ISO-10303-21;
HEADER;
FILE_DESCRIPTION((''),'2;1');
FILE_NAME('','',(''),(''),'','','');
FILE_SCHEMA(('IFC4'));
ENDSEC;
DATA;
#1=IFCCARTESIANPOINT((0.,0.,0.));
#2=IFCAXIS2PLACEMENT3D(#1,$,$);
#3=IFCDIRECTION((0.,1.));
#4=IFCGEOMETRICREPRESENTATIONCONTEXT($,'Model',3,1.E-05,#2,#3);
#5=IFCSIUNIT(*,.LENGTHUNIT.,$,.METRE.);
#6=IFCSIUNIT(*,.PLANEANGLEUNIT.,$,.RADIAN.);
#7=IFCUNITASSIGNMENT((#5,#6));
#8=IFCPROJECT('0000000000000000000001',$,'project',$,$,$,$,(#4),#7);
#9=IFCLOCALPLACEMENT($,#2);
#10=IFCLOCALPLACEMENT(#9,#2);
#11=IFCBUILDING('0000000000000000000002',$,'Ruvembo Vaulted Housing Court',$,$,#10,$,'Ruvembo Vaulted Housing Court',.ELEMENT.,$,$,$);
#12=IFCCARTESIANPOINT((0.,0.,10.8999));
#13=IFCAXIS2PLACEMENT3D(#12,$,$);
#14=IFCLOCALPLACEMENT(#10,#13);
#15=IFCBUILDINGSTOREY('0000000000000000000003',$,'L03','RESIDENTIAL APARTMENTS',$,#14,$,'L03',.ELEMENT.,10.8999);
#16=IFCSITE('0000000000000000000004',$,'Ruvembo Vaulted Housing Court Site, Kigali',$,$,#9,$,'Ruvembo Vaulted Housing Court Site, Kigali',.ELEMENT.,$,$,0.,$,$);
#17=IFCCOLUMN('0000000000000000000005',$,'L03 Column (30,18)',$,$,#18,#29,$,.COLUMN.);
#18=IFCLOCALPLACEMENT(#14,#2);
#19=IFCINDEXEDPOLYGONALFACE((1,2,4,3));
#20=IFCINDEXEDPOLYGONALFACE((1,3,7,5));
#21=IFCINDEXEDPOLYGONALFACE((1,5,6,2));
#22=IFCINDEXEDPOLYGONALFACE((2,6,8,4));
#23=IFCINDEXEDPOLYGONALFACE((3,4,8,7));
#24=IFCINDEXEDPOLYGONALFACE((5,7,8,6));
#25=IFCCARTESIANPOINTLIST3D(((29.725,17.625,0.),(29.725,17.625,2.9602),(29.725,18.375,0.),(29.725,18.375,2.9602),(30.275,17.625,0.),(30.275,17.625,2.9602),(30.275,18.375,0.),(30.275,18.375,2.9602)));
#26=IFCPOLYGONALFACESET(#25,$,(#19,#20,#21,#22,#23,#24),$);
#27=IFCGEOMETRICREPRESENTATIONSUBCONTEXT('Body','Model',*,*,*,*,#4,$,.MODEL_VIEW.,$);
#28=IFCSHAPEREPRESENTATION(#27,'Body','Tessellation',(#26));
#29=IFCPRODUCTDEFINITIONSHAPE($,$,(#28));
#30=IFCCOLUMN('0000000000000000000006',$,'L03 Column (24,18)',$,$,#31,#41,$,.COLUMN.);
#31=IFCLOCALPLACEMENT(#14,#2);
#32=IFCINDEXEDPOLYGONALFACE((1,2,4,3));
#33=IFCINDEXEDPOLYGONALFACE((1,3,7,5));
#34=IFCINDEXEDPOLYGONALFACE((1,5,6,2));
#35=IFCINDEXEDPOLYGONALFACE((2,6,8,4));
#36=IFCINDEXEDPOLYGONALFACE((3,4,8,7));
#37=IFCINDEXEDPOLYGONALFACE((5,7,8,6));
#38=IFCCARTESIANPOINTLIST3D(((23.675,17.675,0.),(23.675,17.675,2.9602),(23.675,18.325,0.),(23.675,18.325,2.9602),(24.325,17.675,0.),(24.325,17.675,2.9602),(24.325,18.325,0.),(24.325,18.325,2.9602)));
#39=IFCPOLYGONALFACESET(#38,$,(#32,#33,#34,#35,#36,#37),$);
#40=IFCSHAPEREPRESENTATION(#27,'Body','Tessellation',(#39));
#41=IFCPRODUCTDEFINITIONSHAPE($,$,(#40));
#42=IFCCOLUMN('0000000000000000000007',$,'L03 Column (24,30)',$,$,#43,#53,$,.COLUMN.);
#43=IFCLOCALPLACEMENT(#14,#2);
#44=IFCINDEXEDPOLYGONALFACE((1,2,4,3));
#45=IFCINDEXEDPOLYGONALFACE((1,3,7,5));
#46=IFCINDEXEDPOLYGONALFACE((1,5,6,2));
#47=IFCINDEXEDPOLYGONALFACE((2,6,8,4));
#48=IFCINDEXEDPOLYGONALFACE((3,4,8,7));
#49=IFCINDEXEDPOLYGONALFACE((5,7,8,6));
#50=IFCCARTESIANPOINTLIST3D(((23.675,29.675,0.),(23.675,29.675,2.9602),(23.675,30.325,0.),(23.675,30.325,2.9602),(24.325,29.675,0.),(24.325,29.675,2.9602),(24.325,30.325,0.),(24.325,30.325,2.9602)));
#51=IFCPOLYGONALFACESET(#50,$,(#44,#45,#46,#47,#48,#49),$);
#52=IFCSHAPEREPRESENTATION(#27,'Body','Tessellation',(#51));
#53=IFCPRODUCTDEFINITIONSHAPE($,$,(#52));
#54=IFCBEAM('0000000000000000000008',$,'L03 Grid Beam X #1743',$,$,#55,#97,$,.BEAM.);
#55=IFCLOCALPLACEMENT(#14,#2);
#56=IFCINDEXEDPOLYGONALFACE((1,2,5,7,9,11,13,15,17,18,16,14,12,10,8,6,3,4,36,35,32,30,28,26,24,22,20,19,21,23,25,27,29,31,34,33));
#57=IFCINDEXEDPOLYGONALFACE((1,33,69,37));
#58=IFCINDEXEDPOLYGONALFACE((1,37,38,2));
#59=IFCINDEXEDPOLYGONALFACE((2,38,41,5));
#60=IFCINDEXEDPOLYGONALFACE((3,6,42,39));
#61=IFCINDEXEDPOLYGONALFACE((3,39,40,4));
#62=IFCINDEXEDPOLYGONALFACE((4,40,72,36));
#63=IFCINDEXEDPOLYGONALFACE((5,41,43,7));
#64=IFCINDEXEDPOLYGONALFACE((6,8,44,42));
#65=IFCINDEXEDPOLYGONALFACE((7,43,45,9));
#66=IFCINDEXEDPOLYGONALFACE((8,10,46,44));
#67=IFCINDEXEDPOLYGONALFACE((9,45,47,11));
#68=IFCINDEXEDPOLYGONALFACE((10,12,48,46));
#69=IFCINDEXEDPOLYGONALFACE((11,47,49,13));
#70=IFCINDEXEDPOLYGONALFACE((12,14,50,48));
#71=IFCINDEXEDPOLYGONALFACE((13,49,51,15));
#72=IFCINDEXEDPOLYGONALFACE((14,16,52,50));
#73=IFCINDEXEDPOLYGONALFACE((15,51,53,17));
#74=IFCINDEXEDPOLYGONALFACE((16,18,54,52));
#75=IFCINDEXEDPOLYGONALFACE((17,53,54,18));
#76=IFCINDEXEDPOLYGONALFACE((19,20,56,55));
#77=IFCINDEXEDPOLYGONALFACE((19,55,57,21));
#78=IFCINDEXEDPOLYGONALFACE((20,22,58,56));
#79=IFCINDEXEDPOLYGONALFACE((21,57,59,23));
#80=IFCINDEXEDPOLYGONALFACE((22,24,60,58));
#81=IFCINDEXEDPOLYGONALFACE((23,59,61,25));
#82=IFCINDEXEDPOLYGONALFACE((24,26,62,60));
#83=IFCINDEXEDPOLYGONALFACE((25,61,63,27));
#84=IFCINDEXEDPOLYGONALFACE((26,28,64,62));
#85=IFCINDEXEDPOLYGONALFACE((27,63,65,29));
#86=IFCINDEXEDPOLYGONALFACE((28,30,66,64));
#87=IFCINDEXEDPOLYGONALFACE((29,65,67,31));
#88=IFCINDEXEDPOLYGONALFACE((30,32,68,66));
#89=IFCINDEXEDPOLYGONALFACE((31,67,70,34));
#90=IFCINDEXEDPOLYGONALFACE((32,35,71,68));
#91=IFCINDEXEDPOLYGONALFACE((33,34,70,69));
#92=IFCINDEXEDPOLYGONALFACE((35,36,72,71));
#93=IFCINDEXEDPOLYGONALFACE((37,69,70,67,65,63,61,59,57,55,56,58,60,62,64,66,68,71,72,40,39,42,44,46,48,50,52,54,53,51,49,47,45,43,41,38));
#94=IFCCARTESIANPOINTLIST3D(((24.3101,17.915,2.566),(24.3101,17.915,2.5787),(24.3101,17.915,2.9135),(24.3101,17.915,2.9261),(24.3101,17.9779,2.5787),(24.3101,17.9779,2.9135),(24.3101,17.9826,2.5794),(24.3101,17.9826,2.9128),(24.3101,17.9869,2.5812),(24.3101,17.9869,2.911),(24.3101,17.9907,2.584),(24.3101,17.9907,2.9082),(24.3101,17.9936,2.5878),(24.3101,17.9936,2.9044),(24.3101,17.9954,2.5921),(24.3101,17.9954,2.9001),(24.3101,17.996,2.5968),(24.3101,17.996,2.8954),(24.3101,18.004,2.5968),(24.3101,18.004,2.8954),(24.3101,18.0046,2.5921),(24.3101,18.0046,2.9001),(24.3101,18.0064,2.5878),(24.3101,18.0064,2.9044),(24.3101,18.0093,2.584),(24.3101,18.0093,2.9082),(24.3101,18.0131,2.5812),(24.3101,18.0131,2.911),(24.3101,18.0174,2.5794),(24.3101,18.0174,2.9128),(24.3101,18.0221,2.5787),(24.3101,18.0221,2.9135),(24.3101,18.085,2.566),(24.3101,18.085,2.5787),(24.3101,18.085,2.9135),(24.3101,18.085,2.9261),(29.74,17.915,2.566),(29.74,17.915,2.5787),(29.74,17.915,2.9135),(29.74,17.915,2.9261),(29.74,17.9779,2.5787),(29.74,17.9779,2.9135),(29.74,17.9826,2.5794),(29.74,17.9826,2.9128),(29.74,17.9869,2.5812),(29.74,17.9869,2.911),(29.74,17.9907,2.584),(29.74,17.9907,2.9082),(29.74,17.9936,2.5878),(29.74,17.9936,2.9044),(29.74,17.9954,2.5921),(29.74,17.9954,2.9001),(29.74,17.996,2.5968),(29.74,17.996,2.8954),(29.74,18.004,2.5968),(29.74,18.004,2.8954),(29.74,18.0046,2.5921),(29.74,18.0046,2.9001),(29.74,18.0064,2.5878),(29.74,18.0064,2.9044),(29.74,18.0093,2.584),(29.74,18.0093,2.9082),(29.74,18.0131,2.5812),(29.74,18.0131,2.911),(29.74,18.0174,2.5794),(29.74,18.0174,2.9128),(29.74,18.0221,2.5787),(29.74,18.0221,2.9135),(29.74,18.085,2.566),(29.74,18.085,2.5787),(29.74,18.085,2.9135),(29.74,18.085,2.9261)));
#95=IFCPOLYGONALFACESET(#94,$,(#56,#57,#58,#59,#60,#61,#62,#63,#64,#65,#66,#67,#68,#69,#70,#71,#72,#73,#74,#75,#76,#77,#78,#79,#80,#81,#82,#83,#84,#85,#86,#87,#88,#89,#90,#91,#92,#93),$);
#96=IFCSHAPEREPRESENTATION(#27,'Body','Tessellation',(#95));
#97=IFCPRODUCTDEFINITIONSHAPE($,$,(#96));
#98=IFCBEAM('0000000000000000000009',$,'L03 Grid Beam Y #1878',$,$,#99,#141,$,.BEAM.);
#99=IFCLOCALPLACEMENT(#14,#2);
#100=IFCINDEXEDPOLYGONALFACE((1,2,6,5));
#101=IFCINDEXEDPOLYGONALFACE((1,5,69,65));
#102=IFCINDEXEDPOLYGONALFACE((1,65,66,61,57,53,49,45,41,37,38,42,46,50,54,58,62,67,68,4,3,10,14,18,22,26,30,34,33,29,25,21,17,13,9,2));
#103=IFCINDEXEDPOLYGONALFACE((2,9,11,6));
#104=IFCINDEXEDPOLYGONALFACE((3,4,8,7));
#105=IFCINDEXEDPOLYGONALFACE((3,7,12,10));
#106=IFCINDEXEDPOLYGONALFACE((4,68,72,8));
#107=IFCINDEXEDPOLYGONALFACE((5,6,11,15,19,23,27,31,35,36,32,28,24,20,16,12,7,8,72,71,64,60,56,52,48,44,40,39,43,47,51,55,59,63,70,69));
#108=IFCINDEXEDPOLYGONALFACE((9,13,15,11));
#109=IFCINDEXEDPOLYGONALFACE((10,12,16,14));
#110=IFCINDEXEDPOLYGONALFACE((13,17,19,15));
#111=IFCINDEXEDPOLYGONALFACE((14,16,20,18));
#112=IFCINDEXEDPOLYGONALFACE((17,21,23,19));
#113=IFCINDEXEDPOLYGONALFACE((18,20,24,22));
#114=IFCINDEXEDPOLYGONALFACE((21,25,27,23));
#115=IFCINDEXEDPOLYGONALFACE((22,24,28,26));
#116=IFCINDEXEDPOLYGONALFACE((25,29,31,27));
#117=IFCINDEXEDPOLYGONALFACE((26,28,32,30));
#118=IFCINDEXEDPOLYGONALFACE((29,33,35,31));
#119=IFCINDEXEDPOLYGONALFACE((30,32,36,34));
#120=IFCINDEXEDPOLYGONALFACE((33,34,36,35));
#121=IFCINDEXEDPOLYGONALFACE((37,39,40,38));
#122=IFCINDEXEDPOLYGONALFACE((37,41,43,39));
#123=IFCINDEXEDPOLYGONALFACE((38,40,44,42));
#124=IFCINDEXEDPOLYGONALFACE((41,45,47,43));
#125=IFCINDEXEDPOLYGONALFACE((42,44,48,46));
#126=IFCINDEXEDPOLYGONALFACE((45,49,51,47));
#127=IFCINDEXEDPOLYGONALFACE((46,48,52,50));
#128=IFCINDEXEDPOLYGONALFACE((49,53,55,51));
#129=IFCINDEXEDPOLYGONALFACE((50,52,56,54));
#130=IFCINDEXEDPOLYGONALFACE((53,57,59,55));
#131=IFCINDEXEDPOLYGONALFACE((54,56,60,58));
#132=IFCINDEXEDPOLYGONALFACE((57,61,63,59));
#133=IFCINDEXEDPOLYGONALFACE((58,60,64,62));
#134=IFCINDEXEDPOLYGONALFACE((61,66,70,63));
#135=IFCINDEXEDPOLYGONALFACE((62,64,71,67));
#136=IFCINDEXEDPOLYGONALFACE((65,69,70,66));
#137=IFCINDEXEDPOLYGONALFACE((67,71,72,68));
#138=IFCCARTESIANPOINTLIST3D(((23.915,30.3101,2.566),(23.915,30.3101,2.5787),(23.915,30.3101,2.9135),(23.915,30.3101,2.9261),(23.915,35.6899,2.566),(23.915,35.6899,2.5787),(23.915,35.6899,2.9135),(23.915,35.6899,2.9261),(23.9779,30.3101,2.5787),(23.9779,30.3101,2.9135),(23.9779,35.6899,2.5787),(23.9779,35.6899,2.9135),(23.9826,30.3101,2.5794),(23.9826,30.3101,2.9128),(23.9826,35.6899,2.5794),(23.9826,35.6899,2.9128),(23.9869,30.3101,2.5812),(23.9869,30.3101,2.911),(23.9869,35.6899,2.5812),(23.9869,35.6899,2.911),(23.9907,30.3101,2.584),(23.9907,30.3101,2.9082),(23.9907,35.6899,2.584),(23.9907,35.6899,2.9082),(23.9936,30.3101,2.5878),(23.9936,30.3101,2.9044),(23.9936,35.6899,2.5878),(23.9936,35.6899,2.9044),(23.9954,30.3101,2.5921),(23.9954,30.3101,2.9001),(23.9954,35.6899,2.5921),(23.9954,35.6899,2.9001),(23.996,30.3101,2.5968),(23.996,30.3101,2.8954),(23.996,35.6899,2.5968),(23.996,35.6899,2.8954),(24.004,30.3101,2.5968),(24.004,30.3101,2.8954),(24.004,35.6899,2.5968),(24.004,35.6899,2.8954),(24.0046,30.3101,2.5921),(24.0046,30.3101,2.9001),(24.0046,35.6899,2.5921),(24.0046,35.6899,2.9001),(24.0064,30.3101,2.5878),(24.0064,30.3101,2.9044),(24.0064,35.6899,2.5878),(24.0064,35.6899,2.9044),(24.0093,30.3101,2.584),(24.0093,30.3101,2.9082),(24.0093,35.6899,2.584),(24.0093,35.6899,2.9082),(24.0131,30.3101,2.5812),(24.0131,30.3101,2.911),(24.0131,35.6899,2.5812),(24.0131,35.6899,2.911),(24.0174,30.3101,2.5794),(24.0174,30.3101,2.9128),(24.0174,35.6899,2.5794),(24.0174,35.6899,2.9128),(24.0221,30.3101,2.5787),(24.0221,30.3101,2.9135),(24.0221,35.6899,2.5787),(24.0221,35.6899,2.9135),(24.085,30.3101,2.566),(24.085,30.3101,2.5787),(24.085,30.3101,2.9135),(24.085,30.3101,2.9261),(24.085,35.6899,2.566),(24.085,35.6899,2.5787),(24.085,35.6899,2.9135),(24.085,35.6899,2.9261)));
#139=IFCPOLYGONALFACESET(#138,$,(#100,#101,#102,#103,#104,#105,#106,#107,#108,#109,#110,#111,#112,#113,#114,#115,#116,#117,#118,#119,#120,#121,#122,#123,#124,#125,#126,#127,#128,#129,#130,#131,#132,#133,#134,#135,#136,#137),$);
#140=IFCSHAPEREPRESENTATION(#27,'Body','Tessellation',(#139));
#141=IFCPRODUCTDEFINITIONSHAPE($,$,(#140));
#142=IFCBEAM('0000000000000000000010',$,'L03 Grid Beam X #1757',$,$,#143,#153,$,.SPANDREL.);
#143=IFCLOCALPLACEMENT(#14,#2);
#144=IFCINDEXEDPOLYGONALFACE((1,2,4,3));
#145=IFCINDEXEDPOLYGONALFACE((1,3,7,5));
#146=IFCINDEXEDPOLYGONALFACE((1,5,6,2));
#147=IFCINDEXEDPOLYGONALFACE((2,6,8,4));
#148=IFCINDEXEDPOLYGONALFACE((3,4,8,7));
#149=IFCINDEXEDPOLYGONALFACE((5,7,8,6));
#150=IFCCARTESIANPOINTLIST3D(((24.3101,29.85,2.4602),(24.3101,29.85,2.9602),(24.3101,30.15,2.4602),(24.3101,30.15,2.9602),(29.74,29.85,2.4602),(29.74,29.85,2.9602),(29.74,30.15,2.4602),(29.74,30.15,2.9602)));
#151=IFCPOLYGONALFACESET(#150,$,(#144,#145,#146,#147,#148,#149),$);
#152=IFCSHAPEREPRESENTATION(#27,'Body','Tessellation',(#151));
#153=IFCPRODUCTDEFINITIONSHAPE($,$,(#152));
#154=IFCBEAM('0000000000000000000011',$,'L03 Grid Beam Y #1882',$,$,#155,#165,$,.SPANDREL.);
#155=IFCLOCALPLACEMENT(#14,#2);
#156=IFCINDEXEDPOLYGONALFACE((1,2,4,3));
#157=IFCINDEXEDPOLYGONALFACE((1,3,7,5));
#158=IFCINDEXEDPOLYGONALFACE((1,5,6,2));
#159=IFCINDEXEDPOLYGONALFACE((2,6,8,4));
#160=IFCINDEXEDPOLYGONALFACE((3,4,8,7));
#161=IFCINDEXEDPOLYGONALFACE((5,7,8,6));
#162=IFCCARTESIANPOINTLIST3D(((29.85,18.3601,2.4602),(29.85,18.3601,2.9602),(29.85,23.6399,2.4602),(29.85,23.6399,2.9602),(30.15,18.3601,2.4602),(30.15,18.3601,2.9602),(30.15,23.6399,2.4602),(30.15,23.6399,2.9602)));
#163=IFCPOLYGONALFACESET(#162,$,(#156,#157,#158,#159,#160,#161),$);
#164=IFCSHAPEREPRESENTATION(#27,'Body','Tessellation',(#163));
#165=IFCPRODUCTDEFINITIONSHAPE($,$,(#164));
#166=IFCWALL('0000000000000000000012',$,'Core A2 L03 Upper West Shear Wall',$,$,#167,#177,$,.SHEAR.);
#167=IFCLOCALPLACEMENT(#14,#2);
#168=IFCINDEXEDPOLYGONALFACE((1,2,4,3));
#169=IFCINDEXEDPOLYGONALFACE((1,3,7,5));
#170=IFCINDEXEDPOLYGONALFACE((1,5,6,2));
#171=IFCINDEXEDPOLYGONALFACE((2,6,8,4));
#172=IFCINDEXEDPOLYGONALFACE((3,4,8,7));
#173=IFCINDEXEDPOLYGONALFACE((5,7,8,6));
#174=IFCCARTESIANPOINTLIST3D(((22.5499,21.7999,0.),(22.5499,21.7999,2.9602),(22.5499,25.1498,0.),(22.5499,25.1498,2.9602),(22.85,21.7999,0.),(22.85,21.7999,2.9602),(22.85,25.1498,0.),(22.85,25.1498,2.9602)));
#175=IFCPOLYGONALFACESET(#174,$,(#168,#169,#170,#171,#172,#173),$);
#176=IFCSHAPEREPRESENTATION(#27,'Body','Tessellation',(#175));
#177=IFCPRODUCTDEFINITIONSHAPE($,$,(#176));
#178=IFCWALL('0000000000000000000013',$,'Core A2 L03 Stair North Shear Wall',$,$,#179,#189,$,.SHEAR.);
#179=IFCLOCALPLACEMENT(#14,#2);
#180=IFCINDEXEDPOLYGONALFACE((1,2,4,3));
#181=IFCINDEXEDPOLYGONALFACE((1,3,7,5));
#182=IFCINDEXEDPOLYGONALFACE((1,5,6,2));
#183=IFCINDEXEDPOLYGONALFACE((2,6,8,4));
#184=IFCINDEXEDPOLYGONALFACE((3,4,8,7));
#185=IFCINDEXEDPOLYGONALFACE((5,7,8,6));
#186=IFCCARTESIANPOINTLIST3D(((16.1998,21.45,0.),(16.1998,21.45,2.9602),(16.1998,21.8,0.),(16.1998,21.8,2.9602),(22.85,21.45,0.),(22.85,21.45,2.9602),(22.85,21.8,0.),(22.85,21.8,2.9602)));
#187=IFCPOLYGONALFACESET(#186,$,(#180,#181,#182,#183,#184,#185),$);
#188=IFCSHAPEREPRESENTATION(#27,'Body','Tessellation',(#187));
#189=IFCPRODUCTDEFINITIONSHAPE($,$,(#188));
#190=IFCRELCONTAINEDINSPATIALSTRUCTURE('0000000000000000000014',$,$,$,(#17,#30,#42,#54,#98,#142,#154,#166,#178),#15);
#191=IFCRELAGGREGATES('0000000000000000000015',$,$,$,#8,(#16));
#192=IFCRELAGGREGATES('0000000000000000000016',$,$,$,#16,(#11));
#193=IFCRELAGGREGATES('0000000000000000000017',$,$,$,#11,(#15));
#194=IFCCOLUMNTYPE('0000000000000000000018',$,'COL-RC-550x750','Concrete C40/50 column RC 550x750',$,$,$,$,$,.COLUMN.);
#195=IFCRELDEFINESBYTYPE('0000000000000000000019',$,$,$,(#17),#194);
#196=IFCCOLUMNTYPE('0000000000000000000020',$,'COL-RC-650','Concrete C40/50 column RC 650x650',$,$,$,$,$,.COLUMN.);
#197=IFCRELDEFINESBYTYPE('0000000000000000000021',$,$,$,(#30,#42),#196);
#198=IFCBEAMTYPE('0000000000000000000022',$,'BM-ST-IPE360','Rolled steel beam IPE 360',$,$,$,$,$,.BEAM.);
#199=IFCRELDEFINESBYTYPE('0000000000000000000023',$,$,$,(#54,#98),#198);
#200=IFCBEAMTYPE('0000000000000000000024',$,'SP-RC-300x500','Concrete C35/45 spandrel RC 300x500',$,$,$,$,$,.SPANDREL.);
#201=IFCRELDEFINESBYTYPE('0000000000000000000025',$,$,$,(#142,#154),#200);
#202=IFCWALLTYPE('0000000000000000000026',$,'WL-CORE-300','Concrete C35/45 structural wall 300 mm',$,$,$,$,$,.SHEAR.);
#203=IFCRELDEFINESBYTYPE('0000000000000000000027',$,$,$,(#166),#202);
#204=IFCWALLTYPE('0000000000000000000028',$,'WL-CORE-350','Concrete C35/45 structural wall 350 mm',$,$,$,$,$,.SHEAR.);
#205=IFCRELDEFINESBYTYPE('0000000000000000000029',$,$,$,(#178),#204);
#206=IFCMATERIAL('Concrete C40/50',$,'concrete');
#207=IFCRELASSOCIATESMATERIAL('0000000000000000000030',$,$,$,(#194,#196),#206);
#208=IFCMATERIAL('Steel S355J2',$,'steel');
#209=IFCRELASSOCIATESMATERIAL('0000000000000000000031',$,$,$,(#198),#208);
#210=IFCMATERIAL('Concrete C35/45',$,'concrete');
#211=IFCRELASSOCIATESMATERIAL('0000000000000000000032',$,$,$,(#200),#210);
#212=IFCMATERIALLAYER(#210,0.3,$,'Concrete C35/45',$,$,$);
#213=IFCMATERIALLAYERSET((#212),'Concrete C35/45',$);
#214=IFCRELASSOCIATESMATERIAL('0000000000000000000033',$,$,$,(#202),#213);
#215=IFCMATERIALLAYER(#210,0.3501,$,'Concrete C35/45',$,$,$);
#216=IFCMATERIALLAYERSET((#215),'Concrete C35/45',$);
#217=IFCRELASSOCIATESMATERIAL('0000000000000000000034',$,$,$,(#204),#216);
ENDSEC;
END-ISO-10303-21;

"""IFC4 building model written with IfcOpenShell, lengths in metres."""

from ifc_helpers import new_model, si_unit, direction, frame, frame_2d, origin, origin_2d, place, context, subcontext, project, spatial, rectangle, i_section, extrude, material, layer, layer_set, material_profile, profile_set, type_object, element, save


model = new_model("IFC4")

# Units and contexts
model_context = context("Model", 3, precision=1e-05, world=origin(), true_north=direction((0.0, 1.0)))
body_context = subcontext(model_context, "Body", "Model", "MODEL_VIEW")
ifc_project = project(units=[si_unit("LENGTHUNIT", "METRE"), si_unit("PLANEANGLEUNIT", "RADIAN")], contexts=[model_context])

# Site, building, storey
site_placement = place(None, origin())
site = spatial("IfcSite", under=ifc_project, at=site_placement, Name="Ruvembo Vaulted Housing Court Site, Kigali", LongName="Ruvembo Vaulted Housing Court Site, Kigali", CompositionType="ELEMENT", RefElevation=0.0)
building_placement = place(site_placement, origin())
building = spatial("IfcBuilding", under=site, at=building_placement, Name="Ruvembo Vaulted Housing Court", LongName="Ruvembo Vaulted Housing Court", CompositionType="ELEMENT")
storey_placement = place(building_placement, frame((0.0, 0.0, 10.8999)))
storey = spatial("IfcBuildingStorey", under=building, at=storey_placement, Name="L03", Description="RESIDENTIAL APARTMENTS", LongName="L03", CompositionType="ELEMENT", Elevation=10.8999)

# Columns
ifc_material_1 = material(Name="Concrete C40/50", Category="concrete")
ifc_material_profile_1 = material_profile(ifc_material_1, rectangle(XDim=0.55, YDim=0.75, at=origin_2d()), Name="RC 550x750")
ifc_profile_set_1 = profile_set([ifc_material_profile_1], Name="Concrete C40/50")
column_type_1 = type_object("IfcColumnType", Name="COL-RC-550x750", Description="Concrete C40/50 column RC 550x750", PredefinedType="COLUMN", material=ifc_profile_set_1)
column_placement = place(storey_placement, frame((30.0, 18.0, 0.0), z_axis=(0.0, 0.0, 1.0), x_axis=(1.0, 0.0, 0.0)))
element("IfcColumn", 1, at=column_placement, inside=storey, type_object=column_type_1, Name="L03 Column (30,18)", PredefinedType="COLUMN", context=body_context, shape_type="SweptSolid", body=[
    extrude(rectangle(XDim=0.55, YDim=0.75, at=origin_2d()), origin(), (0.0, 0.0, 1.0), 2.9602),
])
ifc_material_profile_2 = material_profile(ifc_material_1, rectangle(XDim=0.6499, YDim=0.6499, at=origin_2d()), Name="RC 650x650")
ifc_profile_set_2 = profile_set([ifc_material_profile_2], Name="Concrete C40/50")
column_type_2 = type_object("IfcColumnType", Name="COL-RC-650", Description="Concrete C40/50 column RC 650x650", PredefinedType="COLUMN", material=ifc_profile_set_2)
for number, where, z_axis, x_axis, name in (
    (2, (24.0, 18.0, 0.0), (0.0, 0.0, 1.0), (1.0, 0.0, 0.0), "L03 Column (24,18)"),
    (3, (24.0, 30.0, 0.0), (0.0, 0.0, 1.0), (1.0, 0.0, 0.0), "L03 Column (24,30)"),
):
    element("IfcColumn", number, at=place(storey_placement, frame(where, z_axis=z_axis, x_axis=x_axis)), inside=storey, type_object=column_type_2, Name=name, PredefinedType="COLUMN", context=body_context, shape_type="SweptSolid", body=[
        extrude(rectangle(XDim=0.6499, YDim=0.6499, at=origin_2d()), origin(), (0.0, 0.0, 1.0), 2.9602),
    ])

# Beams
ifc_material_2 = material(Name="Steel S355J2", Category="steel")
ifc_material_profile_3 = material_profile(ifc_material_2, i_section(OverallWidth=0.1699, OverallDepth=0.3601, WebThickness=0.0081, FlangeThickness=0.0127, FilletRadius=0.0181, at=origin_2d()), Name="IPE 360")
ifc_profile_set_3 = profile_set([ifc_material_profile_3], Name="Steel S355J2")
beam_type_1 = type_object("IfcBeamType", Name="BM-ST-IPE360", Description="Rolled steel beam IPE 360", PredefinedType="BEAM", material=ifc_profile_set_3)
beam_1_placement = place(storey_placement, frame((24.3101, 18.0, 2.7461), z_axis=(1.0, 0.0, 0.0), x_axis=(0.0, 1.0, 0.0)))
element("IfcBeam", 4, at=beam_1_placement, inside=storey, type_object=beam_type_1, Name="L03 Grid Beam X #1743", PredefinedType="BEAM", context=body_context, shape_type="SweptSolid", body=[
    extrude(i_section(OverallWidth=0.1699, OverallDepth=0.3601, WebThickness=0.0081, FlangeThickness=0.0127, FilletRadius=0.0181, at=origin_2d()), origin(), (0.0, 0.0, 1.0), 5.4299),
])
beam_2_placement = place(storey_placement, frame((24.0, 30.3101, 2.7461), z_axis=(0.0, 1.0, 0.0), x_axis=(-1.0, 0.0, 0.0)))
element("IfcBeam", 5, at=beam_2_placement, inside=storey, type_object=beam_type_1, Name="L03 Grid Beam Y #1878", PredefinedType="BEAM", context=body_context, shape_type="SweptSolid", body=[
    extrude(i_section(OverallWidth=0.1699, OverallDepth=0.3601, WebThickness=0.0081, FlangeThickness=0.0127, FilletRadius=0.0181, at=origin_2d()), origin(), (0.0, 0.0, 1.0), 5.3799),
])
ifc_material_3 = material(Name="Concrete C35/45", Category="concrete")
ifc_material_profile_4 = material_profile(ifc_material_3, rectangle(XDim=0.3, YDim=0.5, at=origin_2d()), Name="RC 300x500")
ifc_profile_set_4 = profile_set([ifc_material_profile_4], Name="Concrete C35/45")
beam_type_2 = type_object("IfcBeamType", Name="SP-RC-300x500", Description="Concrete C35/45 spandrel RC 300x500", PredefinedType="SPANDREL", material=ifc_profile_set_4)
beam_3_placement = place(storey_placement, frame((24.3101, 30.0, 2.7102), z_axis=(1.0, 0.0, 0.0), x_axis=(0.0, 1.0, 0.0)))
element("IfcBeam", 6, at=beam_3_placement, inside=storey, type_object=beam_type_2, Name="L03 Grid Beam X #1757", PredefinedType="SPANDREL", context=body_context, shape_type="SweptSolid", body=[
    extrude(rectangle(XDim=0.3, YDim=0.5, at=origin_2d()), origin(), (0.0, 0.0, 1.0), 5.4299),
])
beam_4_placement = place(storey_placement, frame((30.0, 18.3601, 2.7102), z_axis=(0.0, 1.0, 0.0), x_axis=(-1.0, 0.0, 0.0)))
element("IfcBeam", 7, at=beam_4_placement, inside=storey, type_object=beam_type_2, Name="L03 Grid Beam Y #1882", PredefinedType="SPANDREL", context=body_context, shape_type="SweptSolid", body=[
    extrude(rectangle(XDim=0.3, YDim=0.5, at=origin_2d()), origin(), (0.0, 0.0, 1.0), 5.2798),
])

# Shared definitions
ifc_layer_1 = layer(ifc_material_3, 0.3, Name="Concrete C35/45")
ifc_layer_set_1 = layer_set([ifc_layer_1], Name="Concrete C35/45")
wall_type_1 = type_object("IfcWallType", Name="WL-CORE-300", Description="Concrete C35/45 structural wall 300 mm", PredefinedType="SHEAR", material=ifc_layer_set_1)

# Walls
wall_1_placement = place(storey_placement, frame((22.7, 21.8, 0.0), z_axis=(0.0, 0.0, 1.0), x_axis=(0.0, 1.0, 0.0)))
element("IfcWall", 8, at=wall_1_placement, inside=storey, type_object=wall_type_1, Name="Core A2 L03 Upper West Shear Wall", PredefinedType="SHEAR", context=body_context, shape_type="SweptSolid", body=[
    extrude(rectangle(XDim=3.3499, YDim=0.3, at=frame_2d((1.6748, 0.0))), origin(), (0.0, 0.0, 1.0), 2.9602),
])
ifc_layer_2 = layer(ifc_material_3, 0.3501, Name="Concrete C35/45")
ifc_layer_set_2 = layer_set([ifc_layer_2], Name="Concrete C35/45")
wall_type_2 = type_object("IfcWallType", Name="WL-CORE-350", Description="Concrete C35/45 structural wall 350 mm", PredefinedType="SHEAR", material=ifc_layer_set_2)
wall_2_placement = place(storey_placement, frame((22.8501, 21.625, 0.0), z_axis=(0.0, 0.0, 1.0), x_axis=(-1.0, 0.0, 0.0)))
element("IfcWall", 9, at=wall_2_placement, inside=storey, type_object=wall_type_2, Name="Core A2 L03 Stair North Shear Wall", PredefinedType="SHEAR", context=body_context, shape_type="SweptSolid", body=[
    extrude(rectangle(XDim=6.6501, YDim=0.3501, at=frame_2d((3.3252, 0.0))), origin(), (0.0, 0.0, 1.0), 2.9602),
])

save(model, "model.ifc")
